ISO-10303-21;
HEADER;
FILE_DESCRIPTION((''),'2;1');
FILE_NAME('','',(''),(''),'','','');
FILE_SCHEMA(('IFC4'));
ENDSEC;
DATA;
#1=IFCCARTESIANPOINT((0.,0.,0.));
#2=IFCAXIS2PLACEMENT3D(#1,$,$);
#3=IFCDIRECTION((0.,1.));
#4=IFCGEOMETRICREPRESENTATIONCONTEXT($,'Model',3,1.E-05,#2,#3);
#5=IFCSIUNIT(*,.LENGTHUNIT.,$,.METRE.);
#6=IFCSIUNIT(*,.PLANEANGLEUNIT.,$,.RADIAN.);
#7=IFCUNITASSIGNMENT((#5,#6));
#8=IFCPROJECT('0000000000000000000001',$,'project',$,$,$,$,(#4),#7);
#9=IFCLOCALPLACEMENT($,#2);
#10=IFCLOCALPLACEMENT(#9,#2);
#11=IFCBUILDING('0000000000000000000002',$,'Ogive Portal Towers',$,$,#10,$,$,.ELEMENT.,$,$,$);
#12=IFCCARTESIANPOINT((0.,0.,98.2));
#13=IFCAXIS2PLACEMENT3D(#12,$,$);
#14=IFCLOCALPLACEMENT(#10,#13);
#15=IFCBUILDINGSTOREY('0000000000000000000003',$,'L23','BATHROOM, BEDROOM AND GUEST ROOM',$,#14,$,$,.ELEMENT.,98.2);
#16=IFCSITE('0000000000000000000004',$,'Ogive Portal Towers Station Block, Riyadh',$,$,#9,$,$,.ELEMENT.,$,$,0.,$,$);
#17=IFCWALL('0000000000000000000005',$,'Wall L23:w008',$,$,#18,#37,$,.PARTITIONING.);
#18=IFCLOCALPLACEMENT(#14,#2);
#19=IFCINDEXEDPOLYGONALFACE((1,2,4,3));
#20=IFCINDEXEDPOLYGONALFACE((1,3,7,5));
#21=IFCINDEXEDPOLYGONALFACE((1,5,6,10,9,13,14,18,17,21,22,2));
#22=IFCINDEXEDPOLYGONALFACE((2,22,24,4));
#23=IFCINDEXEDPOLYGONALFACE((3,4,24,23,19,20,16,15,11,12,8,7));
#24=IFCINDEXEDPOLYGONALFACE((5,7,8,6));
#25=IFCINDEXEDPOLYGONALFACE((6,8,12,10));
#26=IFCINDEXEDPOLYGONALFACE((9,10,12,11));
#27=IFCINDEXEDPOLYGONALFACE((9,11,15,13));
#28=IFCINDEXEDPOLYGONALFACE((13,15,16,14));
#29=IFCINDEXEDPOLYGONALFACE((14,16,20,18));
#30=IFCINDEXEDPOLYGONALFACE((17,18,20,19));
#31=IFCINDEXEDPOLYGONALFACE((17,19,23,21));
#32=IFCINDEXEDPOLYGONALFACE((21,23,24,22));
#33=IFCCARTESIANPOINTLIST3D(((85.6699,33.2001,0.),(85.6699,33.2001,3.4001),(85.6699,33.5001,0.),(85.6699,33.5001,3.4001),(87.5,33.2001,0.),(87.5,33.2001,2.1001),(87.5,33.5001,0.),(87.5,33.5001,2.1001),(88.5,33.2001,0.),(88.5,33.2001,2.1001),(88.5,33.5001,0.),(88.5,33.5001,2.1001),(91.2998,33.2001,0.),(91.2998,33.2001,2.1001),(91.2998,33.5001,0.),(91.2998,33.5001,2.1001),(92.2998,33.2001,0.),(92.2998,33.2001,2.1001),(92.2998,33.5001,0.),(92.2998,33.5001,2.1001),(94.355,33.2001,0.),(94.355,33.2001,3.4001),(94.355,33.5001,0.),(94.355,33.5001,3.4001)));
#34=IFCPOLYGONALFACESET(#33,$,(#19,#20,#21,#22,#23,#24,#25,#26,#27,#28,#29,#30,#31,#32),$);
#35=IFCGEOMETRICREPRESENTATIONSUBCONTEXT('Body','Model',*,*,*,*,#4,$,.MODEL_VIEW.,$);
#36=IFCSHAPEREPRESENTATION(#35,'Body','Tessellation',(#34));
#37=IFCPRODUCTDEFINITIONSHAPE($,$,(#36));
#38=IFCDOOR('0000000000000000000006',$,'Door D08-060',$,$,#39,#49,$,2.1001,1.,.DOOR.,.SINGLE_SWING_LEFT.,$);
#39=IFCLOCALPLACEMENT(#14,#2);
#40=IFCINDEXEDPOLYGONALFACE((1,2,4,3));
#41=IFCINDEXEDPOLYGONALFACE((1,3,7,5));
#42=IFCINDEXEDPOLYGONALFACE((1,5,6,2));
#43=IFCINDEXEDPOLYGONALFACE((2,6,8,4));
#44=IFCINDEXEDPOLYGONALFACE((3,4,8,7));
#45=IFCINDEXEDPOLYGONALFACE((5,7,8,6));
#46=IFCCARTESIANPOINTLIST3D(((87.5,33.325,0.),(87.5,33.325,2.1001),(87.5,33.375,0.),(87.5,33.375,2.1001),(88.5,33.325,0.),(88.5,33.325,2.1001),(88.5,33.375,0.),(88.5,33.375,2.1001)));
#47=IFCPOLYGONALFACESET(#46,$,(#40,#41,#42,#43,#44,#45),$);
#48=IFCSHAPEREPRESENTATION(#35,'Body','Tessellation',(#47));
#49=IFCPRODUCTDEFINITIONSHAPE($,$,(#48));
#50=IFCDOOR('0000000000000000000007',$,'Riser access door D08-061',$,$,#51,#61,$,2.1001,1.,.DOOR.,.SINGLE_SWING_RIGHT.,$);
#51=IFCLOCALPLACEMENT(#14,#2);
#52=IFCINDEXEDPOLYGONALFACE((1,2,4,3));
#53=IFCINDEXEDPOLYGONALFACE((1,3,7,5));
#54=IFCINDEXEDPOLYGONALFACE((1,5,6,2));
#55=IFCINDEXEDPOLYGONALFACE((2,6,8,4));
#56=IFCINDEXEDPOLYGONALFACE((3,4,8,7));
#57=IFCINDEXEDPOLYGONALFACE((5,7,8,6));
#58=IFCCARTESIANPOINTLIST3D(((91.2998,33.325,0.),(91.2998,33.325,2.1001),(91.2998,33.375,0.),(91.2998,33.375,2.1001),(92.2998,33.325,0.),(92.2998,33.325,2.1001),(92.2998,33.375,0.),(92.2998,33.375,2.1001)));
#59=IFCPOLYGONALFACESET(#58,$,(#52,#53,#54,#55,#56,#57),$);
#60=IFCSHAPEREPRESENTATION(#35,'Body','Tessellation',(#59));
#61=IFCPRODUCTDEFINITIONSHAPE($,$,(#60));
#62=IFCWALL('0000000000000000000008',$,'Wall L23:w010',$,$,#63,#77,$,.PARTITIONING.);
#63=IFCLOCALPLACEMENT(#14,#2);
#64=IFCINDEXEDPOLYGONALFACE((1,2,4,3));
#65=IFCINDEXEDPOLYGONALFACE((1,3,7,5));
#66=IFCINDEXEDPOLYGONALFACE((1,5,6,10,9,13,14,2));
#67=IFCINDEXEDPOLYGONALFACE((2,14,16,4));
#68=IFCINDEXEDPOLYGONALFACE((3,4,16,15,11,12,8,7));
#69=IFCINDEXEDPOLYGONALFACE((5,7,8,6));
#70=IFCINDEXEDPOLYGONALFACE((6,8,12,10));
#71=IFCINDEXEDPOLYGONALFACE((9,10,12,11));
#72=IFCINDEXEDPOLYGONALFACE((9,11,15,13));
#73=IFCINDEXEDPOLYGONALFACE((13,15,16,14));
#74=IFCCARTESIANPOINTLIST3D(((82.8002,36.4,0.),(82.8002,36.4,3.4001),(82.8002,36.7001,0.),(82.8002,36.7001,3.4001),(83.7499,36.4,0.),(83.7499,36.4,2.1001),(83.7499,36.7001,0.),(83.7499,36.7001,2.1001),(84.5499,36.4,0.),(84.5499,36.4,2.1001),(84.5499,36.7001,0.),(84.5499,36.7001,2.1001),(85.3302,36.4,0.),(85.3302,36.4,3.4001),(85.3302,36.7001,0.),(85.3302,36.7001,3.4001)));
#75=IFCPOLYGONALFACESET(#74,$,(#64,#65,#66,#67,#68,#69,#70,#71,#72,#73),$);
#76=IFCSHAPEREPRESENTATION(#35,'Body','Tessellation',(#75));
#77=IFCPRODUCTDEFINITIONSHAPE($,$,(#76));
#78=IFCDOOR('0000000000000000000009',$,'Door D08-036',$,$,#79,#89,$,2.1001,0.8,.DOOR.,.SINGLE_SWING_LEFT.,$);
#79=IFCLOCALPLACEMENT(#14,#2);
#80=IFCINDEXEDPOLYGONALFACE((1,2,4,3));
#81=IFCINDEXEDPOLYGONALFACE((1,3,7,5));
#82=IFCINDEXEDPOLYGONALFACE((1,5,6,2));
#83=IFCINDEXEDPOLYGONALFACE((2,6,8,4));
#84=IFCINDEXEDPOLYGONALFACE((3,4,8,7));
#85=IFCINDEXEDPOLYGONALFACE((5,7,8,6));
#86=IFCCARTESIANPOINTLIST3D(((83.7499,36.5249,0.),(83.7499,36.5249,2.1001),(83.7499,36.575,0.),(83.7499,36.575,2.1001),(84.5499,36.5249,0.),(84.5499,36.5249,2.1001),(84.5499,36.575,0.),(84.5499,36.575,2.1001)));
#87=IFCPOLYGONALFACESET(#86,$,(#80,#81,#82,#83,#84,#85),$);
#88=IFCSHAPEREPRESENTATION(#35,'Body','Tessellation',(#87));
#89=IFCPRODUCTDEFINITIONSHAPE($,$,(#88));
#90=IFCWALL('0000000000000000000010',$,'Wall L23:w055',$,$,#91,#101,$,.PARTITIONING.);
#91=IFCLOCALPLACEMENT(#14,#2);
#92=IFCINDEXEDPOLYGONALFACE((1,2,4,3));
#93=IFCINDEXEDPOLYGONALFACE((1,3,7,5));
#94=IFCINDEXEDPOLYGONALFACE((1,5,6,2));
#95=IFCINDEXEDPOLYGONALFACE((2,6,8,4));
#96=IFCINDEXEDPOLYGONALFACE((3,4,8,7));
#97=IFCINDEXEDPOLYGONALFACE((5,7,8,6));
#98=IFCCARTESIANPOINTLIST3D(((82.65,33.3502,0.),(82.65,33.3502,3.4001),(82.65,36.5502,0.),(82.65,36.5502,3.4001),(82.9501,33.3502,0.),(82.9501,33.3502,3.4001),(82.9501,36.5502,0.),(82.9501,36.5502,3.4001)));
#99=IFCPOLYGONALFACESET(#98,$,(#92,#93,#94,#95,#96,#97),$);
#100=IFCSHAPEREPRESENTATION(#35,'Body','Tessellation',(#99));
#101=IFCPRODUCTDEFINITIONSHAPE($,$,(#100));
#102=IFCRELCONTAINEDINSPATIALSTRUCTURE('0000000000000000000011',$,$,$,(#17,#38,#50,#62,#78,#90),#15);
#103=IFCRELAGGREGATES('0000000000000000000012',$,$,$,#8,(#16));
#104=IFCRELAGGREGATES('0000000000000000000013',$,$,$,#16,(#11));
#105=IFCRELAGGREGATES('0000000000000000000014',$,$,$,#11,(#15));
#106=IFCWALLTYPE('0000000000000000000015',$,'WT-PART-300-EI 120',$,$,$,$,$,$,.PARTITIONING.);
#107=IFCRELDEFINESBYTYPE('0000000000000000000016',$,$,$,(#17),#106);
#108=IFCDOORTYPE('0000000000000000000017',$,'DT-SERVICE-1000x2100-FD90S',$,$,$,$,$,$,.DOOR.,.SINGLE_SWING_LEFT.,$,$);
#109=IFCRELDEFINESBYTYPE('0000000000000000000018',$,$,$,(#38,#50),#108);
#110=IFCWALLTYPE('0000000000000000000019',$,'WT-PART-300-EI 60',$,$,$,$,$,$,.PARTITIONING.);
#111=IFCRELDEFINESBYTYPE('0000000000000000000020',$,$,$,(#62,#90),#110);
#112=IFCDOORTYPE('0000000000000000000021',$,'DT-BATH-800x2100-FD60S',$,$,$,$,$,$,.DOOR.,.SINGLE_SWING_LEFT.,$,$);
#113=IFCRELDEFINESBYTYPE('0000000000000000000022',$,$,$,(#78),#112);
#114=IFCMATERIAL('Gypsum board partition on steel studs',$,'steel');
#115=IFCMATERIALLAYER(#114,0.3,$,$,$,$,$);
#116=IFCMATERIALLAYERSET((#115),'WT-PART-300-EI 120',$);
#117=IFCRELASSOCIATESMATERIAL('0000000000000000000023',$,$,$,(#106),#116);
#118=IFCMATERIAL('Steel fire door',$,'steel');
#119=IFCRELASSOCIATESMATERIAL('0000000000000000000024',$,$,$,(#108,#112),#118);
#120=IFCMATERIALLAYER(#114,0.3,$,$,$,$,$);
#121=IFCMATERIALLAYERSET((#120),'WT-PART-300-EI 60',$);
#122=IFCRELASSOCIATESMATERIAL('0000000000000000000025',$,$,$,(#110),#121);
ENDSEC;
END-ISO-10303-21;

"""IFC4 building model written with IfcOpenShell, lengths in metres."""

from ifc_helpers import new_model, si_unit, direction, frame, frame_2d, origin, place, context, subcontext, project, spatial, rectangle, extrude, material, layer, layer_set, type_object, element, fill, save


model = new_model("IFC4")

# Units and contexts
model_context = context("Model", 3, precision=1e-05, world=origin(), true_north=direction((0.0, 1.0)))
body_context = subcontext(model_context, "Body", "Model", "MODEL_VIEW")
ifc_project = project(units=[si_unit("LENGTHUNIT", "METRE"), si_unit("PLANEANGLEUNIT", "RADIAN")], contexts=[model_context])

# Site, building, storey
site_placement = place(None, origin())
site = spatial("IfcSite", under=ifc_project, at=site_placement, Name="Ogive Portal Towers Station Block, Riyadh", CompositionType="ELEMENT", RefElevation=0.0)
building_placement = place(site_placement, origin())
building = spatial("IfcBuilding", under=site, at=building_placement, Name="Ogive Portal Towers", CompositionType="ELEMENT")
storey_placement = place(building_placement, frame((0.0, 0.0, 98.2)))
storey = spatial("IfcBuildingStorey", under=building, at=storey_placement, Name="L23", Description="BATHROOM, BEDROOM AND GUEST ROOM", CompositionType="ELEMENT", Elevation=98.2)

# Wall, openings, doors
ifc_material_1 = material(Name="Gypsum board partition on steel studs", Category="steel")
ifc_layer_1 = layer(ifc_material_1, 0.3)
ifc_layer_set_1 = layer_set([ifc_layer_1], Name="WT-PART-300-EI 120")
wall_type_1 = type_object("IfcWallType", Name="WT-PART-300-EI 120", PredefinedType="PARTITIONING", material=ifc_layer_set_1)
wall_1_placement = place(storey_placement, frame((85.6699, 33.3501, 0.0), z_axis=(0.0, 0.0, 1.0), x_axis=(1.0, 0.0, 0.0)))
wall_1 = element("IfcWall", 1, at=wall_1_placement, inside=storey, type_object=wall_type_1, Name="Wall L23:w008", PredefinedType="PARTITIONING", context=body_context, shape_type="SweptSolid", body=[
    extrude(rectangle(XDim=8.6851, YDim=0.3, at=frame_2d((4.3425, 0.0))), origin(), (0.0, 0.0, 1.0), 3.4001),
])
opening_1_placement = place(wall_1_placement, frame((1.8301, 0.0, 0.0)))
opening_1 = element("IfcOpeningElement", 2, at=opening_1_placement, cuts=wall_1, PredefinedType="OPENING", context=body_context, shape_type="SweptSolid", body=[
    extrude(rectangle(XDim=1.0, YDim=2.1001, at=frame_2d((0.5, 1.05))), frame((0.0, 0.1602, 0.0), z_axis=(0.0, -1.0, 0.0), x_axis=(1.0, 0.0, 0.0)), (0.0, 0.0, 1.0), 0.3201),
])
opening_2_placement = place(wall_1_placement, frame((5.6299, 0.0, 0.0)))
opening_2 = element("IfcOpeningElement", 3, at=opening_2_placement, cuts=wall_1, PredefinedType="OPENING", context=body_context, shape_type="SweptSolid", body=[
    extrude(rectangle(XDim=1.0, YDim=2.1001, at=frame_2d((0.5, 1.05))), frame((0.0, 0.1602, 0.0), z_axis=(0.0, -1.0, 0.0), x_axis=(1.0, 0.0, 0.0)), (0.0, 0.0, 1.0), 0.3201),
])
ifc_material_2 = material(Name="Steel fire door", Category="steel")
door_type_1 = type_object("IfcDoorType", Name="DT-SERVICE-1000x2100-FD90S", OperationType="SINGLE_SWING_LEFT", PredefinedType="DOOR", material=ifc_material_2)
door_1_placement = place(opening_1_placement, origin())
door_1 = element("IfcDoor", 4, at=door_1_placement, inside=storey, type_object=door_type_1, Name="Door D08-060", OperationType="SINGLE_SWING_LEFT", OverallHeight=2.1001, OverallWidth=1.0, PredefinedType="DOOR", context=body_context, shape_type="SweptSolid", body=[
    extrude(rectangle(XDim=1.0, YDim=2.1001, at=frame_2d((0.5, 1.05))), frame((0.0, 0.0249, 0.0), z_axis=(0.0, -1.0, 0.0), x_axis=(1.0, 0.0, 0.0)), (0.0, 0.0, 1.0), 0.05),
])
fill(opening_1, door_1)
door_2_placement = place(opening_2_placement, origin())
door_2 = element("IfcDoor", 5, at=door_2_placement, inside=storey, type_object=door_type_1, Name="Riser access door D08-061", OperationType="SINGLE_SWING_RIGHT", OverallHeight=2.1001, OverallWidth=1.0, PredefinedType="DOOR", context=body_context, shape_type="SweptSolid", body=[
    extrude(rectangle(XDim=1.0, YDim=2.1001, at=frame_2d((0.5, 1.05))), frame((0.0, 0.0249, 0.0), z_axis=(0.0, -1.0, 0.0), x_axis=(1.0, 0.0, 0.0)), (0.0, 0.0, 1.0), 0.05),
])
fill(opening_2, door_2)

# Wall, opening, door
ifc_layer_2 = layer(ifc_material_1, 0.3)
ifc_layer_set_2 = layer_set([ifc_layer_2], Name="WT-PART-300-EI 60")
wall_type_2 = type_object("IfcWallType", Name="WT-PART-300-EI 60", PredefinedType="PARTITIONING", material=ifc_layer_set_2)
wall_2_placement = place(storey_placement, frame((82.8, 36.55, 0.0), z_axis=(0.0, 0.0, 1.0), x_axis=(1.0, 0.0, 0.0)))
wall_2 = element("IfcWall", 6, at=wall_2_placement, inside=storey, type_object=wall_type_2, Name="Wall L23:w010", PredefinedType="PARTITIONING", context=body_context, shape_type="SweptSolid", body=[
    extrude(rectangle(XDim=2.53, YDim=0.3, at=frame_2d((1.2651, 0.0))), origin(), (0.0, 0.0, 1.0), 3.4001),
])
opening_3_placement = place(wall_2_placement, frame((0.95, 0.0, 0.0)))
opening_3 = element("IfcOpeningElement", 7, at=opening_3_placement, cuts=wall_2, PredefinedType="OPENING", context=body_context, shape_type="SweptSolid", body=[
    extrude(rectangle(XDim=0.8, YDim=2.1001, at=frame_2d((0.3999, 1.05))), frame((0.0, 0.1602, 0.0), z_axis=(0.0, -1.0, 0.0), x_axis=(1.0, 0.0, 0.0)), (0.0, 0.0, 1.0), 0.3201),
])
door_type_2 = type_object("IfcDoorType", Name="DT-BATH-800x2100-FD60S", OperationType="SINGLE_SWING_LEFT", PredefinedType="DOOR", material=ifc_material_2)
door_3_placement = place(opening_3_placement, origin())
door_3 = element("IfcDoor", 8, at=door_3_placement, inside=storey, type_object=door_type_2, Name="Door D08-036", OperationType="SINGLE_SWING_LEFT", OverallHeight=2.1001, OverallWidth=0.8, PredefinedType="DOOR", context=body_context, shape_type="SweptSolid", body=[
    extrude(rectangle(XDim=0.8, YDim=2.1001, at=frame_2d((0.3999, 1.05))), frame((0.0, 0.0249, 0.0), z_axis=(0.0, -1.0, 0.0), x_axis=(1.0, 0.0, 0.0)), (0.0, 0.0, 1.0), 0.05),
])
fill(opening_3, door_3)

# Wall
wall_3_placement = place(storey_placement, frame((82.8, 33.3501, 0.0), z_axis=(0.0, 0.0, 1.0), x_axis=(0.0, 1.0, 0.0)))
element("IfcWall", 9, at=wall_3_placement, inside=storey, type_object=wall_type_2, Name="Wall L23:w055", PredefinedType="PARTITIONING", context=body_context, shape_type="SweptSolid", body=[
    extrude(rectangle(XDim=3.2, YDim=0.3, at=frame_2d((1.6001, 0.0))), origin(), (0.0, 0.0, 1.0), 3.4001),
])

save(model, "model.ifc")
